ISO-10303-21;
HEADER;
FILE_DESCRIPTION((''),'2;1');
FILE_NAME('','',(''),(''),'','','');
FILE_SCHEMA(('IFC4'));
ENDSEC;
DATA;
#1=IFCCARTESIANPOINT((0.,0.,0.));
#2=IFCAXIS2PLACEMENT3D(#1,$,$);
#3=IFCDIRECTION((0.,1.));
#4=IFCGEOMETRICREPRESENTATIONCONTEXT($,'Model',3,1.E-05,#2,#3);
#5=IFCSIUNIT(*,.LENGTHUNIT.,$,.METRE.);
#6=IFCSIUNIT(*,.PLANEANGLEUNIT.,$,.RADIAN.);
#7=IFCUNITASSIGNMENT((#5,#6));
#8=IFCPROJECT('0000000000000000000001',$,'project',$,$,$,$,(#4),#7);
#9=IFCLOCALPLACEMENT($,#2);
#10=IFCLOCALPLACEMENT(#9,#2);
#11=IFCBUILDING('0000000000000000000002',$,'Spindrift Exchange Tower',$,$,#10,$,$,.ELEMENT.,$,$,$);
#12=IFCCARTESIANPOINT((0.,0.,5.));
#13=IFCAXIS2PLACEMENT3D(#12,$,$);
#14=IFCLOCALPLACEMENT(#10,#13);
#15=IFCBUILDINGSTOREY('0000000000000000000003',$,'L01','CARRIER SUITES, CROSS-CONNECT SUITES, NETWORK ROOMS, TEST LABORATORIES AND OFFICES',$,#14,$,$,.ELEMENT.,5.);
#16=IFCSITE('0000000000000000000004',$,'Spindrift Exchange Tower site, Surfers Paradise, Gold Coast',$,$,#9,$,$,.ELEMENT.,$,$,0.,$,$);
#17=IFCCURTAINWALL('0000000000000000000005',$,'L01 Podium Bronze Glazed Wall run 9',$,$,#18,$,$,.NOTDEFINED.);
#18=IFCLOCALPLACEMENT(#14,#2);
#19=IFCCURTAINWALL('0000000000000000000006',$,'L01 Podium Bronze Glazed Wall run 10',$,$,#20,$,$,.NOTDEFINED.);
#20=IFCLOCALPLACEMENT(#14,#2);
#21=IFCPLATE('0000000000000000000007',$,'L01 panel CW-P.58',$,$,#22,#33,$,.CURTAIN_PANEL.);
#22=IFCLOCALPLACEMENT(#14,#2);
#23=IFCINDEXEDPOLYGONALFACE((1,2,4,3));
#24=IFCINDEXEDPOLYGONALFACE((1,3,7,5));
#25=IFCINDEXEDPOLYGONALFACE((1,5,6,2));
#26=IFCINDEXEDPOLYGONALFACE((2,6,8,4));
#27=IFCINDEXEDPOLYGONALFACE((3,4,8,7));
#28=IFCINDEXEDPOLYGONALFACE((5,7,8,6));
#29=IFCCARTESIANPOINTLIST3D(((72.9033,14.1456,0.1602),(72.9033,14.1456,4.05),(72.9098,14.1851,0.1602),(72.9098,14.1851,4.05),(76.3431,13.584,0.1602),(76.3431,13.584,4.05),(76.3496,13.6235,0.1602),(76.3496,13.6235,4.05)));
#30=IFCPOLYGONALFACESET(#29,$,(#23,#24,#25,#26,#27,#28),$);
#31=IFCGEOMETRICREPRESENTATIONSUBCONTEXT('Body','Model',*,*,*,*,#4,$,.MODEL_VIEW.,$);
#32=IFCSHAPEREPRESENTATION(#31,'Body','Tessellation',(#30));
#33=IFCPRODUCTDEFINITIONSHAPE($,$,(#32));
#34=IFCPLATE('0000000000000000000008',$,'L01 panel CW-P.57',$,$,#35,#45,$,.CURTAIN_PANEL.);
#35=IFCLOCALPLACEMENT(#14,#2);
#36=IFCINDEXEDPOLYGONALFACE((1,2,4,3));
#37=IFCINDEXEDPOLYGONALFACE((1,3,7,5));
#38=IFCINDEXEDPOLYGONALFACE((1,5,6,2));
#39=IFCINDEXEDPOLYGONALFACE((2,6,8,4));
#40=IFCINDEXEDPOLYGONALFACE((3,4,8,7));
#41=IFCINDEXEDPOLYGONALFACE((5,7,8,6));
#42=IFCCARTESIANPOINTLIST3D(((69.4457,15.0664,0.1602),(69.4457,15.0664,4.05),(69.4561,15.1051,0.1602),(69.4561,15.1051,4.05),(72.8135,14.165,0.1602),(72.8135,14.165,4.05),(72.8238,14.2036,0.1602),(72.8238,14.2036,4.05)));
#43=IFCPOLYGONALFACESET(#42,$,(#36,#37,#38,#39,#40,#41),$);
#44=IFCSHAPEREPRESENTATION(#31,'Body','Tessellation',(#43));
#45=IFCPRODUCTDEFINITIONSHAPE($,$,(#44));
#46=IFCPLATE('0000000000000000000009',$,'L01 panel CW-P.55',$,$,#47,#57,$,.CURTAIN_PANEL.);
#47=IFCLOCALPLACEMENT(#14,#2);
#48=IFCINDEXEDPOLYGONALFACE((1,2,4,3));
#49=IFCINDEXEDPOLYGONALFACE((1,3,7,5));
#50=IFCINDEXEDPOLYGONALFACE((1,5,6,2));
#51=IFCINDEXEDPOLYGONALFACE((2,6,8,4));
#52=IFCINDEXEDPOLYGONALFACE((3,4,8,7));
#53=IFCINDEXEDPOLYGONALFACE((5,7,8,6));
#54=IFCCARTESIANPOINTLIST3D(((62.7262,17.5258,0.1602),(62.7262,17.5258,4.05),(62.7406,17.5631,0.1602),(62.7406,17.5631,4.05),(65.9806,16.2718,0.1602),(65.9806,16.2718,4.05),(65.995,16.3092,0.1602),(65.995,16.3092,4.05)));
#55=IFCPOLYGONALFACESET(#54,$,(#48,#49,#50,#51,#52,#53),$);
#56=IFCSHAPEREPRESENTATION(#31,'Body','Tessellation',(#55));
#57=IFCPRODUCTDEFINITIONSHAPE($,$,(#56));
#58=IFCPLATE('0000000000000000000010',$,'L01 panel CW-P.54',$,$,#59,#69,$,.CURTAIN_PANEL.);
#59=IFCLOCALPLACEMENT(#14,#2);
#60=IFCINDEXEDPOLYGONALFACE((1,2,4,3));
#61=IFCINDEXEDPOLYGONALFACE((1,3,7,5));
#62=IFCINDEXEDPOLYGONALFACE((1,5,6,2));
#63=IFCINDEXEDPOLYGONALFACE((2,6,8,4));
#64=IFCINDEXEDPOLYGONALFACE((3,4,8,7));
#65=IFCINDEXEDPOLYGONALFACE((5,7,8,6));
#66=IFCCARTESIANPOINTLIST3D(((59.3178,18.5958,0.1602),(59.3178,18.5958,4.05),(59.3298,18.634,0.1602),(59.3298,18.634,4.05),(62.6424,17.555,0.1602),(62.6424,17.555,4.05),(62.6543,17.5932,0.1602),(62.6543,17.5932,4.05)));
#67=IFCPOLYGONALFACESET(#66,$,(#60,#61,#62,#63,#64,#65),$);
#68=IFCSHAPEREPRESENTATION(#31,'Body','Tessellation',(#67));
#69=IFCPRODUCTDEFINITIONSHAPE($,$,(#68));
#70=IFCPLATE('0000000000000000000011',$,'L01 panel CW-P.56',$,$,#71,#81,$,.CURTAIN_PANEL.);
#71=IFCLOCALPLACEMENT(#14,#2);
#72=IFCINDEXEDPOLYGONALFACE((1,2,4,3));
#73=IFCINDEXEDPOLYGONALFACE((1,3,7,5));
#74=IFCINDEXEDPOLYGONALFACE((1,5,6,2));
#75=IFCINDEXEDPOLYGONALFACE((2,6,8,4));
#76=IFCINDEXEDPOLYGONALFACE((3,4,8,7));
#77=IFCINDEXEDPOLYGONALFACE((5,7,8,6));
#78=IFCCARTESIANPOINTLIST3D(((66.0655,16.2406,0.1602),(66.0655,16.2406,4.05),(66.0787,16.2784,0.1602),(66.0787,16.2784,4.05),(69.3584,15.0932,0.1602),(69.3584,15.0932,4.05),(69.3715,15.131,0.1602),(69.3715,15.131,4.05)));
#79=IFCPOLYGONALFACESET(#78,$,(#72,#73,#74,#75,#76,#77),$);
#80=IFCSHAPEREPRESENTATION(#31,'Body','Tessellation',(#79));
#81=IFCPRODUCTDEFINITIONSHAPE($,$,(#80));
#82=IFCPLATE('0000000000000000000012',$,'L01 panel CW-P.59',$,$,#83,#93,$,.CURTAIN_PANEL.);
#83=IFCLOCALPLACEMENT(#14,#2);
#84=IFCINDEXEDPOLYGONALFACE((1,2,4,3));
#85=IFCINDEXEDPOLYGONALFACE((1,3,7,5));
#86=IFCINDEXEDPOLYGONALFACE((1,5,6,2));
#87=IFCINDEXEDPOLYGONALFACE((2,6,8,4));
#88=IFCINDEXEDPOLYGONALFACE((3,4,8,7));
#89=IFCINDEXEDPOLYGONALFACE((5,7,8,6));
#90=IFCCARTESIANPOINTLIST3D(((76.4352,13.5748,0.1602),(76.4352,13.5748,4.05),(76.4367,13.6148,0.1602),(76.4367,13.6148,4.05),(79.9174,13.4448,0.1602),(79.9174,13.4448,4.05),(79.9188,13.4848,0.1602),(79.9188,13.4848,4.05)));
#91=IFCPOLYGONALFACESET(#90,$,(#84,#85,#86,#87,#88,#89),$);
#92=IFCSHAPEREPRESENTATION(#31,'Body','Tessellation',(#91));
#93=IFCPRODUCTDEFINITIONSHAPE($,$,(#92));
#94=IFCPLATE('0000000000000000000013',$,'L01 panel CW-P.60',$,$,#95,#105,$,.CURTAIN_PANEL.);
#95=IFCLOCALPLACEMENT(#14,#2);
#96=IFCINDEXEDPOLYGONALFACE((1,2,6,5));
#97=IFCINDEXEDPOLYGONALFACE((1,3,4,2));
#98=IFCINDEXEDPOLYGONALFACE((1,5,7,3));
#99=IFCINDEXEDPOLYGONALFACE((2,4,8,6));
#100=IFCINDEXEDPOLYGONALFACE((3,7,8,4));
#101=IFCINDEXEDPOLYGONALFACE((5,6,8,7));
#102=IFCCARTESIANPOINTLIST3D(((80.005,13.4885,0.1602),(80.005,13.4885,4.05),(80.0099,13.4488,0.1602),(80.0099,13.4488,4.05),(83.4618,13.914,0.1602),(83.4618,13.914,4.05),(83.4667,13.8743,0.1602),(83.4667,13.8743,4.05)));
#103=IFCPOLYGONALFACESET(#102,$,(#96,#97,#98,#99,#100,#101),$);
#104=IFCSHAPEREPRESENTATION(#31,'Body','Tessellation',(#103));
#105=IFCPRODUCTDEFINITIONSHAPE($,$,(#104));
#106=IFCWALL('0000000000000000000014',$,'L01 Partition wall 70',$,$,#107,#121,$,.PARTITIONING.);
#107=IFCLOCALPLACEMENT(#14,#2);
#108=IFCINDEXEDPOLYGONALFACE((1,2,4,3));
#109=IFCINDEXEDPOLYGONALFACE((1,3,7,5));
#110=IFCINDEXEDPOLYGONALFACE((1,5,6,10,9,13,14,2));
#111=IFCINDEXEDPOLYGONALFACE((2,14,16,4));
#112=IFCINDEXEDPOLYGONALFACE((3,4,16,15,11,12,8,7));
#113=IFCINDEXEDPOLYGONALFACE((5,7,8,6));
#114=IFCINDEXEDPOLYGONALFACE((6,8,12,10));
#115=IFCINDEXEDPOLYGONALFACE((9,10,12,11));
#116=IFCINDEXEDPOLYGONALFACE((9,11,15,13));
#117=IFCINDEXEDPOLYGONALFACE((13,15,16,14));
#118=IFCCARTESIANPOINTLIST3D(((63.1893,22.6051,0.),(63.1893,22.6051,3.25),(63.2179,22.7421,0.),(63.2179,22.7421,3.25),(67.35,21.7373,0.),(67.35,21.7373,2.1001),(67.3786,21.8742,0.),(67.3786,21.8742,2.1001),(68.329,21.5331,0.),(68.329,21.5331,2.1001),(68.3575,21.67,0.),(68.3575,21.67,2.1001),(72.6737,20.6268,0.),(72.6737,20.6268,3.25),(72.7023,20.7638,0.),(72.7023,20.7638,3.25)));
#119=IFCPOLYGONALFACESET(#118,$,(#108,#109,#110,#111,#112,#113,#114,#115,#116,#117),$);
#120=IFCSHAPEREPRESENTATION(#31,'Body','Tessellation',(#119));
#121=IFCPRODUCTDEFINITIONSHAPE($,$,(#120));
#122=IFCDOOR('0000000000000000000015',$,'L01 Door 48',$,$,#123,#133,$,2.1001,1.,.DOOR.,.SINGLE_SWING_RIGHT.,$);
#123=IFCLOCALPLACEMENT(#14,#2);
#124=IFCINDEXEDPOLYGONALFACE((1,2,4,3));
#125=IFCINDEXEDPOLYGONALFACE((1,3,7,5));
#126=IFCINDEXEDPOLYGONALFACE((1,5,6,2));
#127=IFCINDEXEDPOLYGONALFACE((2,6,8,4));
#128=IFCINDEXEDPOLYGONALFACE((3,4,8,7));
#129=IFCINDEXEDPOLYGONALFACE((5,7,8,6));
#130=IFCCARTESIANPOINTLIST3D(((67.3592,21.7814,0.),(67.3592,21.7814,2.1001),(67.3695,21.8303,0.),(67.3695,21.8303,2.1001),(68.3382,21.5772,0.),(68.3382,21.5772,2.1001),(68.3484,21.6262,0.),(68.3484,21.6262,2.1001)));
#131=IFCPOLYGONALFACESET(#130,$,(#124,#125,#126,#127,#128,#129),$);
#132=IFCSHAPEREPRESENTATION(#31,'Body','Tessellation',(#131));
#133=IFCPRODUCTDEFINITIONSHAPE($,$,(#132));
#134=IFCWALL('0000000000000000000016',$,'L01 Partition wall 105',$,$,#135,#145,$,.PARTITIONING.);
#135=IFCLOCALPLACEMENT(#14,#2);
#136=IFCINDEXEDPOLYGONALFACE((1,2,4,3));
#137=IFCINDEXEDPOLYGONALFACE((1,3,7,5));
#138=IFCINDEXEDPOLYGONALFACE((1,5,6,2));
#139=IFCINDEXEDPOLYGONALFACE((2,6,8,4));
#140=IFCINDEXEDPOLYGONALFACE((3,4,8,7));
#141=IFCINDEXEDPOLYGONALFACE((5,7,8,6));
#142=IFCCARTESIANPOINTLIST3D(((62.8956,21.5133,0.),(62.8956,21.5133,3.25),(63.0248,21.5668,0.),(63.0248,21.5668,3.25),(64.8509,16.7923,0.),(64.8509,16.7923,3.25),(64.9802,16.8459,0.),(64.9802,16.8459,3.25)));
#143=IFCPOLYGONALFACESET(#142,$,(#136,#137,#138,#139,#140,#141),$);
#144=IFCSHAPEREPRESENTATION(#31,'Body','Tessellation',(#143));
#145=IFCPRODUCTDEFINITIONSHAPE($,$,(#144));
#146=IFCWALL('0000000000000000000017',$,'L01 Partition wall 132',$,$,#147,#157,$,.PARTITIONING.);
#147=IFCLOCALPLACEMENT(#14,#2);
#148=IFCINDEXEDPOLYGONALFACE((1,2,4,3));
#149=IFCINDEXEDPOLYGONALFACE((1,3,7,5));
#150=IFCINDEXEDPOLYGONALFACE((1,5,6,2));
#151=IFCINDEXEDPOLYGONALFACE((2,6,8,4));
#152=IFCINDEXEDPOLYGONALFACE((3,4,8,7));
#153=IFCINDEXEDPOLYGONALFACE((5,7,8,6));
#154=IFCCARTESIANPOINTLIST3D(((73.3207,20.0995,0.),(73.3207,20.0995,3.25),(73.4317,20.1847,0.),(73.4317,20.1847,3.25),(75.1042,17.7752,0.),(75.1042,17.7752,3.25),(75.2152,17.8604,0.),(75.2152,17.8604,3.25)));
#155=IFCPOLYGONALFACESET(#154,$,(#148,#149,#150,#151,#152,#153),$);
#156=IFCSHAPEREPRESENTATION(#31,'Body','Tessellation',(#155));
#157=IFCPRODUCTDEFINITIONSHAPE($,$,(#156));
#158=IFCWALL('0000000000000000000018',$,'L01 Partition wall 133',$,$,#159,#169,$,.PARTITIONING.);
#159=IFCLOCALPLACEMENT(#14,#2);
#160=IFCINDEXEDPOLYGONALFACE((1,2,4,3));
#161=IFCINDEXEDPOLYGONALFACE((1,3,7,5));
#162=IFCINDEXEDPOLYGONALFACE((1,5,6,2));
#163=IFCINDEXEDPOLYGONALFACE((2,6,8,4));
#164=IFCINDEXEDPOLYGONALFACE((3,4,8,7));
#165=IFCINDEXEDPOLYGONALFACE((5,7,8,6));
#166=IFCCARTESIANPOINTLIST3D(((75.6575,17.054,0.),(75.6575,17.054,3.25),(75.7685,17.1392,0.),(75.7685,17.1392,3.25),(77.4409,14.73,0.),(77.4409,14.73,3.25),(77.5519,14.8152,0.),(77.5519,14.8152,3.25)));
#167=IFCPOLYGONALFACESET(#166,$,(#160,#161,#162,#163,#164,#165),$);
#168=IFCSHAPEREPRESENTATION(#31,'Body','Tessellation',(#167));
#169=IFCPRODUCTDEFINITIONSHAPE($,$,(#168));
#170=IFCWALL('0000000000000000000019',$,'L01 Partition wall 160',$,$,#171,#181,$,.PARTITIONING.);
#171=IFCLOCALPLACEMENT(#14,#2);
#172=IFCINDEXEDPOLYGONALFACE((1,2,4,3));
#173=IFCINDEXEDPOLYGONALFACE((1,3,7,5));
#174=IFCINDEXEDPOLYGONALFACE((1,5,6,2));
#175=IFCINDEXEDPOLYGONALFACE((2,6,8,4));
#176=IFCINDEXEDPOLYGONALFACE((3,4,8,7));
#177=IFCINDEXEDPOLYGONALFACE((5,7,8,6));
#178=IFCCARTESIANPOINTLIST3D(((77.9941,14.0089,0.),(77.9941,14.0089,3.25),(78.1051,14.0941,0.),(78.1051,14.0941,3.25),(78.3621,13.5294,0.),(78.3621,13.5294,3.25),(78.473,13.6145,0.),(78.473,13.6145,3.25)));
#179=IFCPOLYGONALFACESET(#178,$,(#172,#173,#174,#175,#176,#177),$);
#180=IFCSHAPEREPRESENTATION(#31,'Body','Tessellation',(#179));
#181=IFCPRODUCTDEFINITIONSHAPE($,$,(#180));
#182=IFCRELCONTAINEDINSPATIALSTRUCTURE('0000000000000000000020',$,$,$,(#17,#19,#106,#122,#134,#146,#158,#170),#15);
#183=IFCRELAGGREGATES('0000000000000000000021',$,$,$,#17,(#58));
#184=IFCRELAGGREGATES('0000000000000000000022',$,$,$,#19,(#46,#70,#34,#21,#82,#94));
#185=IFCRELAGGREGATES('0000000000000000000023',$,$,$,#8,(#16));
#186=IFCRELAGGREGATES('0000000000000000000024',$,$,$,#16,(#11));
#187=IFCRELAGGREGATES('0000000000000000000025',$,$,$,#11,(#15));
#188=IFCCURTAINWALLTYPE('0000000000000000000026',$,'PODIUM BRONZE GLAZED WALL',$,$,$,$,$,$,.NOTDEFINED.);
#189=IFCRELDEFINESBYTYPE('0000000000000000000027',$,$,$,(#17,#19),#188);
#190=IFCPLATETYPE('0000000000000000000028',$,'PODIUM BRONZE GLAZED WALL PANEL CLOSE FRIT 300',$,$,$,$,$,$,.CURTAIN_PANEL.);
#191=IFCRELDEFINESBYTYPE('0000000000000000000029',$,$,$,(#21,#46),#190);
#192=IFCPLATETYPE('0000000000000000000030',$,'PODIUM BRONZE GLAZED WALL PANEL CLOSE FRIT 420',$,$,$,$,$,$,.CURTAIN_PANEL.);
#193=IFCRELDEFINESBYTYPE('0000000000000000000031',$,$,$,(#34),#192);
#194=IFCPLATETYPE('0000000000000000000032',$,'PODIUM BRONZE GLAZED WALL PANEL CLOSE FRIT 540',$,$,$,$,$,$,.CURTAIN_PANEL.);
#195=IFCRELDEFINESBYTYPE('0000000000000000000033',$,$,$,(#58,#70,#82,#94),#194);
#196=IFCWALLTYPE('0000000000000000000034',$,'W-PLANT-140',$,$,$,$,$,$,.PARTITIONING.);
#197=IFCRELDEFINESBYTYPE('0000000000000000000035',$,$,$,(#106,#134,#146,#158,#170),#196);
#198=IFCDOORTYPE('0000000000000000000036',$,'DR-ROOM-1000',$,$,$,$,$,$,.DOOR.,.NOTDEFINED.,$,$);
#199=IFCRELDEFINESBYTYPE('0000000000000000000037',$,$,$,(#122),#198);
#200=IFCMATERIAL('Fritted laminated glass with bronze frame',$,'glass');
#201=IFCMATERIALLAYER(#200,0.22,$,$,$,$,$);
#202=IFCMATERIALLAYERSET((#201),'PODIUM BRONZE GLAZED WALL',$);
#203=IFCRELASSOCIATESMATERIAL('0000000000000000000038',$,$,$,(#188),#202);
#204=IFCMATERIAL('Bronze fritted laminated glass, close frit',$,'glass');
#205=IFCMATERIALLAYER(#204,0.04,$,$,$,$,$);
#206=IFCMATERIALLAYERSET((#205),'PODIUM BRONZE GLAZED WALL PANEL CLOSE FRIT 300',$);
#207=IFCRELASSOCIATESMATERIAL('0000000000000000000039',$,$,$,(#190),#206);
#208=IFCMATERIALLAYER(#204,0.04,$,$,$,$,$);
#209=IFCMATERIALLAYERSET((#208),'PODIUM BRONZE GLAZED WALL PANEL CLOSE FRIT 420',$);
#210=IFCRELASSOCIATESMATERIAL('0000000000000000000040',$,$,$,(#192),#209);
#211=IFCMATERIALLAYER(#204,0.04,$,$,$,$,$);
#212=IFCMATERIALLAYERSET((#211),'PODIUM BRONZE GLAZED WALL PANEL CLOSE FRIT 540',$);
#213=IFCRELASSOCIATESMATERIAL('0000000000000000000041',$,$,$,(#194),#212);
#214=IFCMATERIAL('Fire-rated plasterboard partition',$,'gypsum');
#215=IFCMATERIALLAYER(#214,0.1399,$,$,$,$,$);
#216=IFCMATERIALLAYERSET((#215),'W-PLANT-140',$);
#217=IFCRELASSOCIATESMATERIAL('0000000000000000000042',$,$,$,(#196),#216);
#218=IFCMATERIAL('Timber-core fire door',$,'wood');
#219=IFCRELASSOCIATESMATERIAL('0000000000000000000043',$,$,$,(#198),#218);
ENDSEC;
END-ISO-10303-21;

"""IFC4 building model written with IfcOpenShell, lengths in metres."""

from ifc_helpers import new_model, si_unit, direction, frame, frame_2d, origin, origin_2d, place, context, subcontext, project, spatial, rectangle, extrude, source, transform, mapped, material, layer, layer_set, type_object, element, fill, aggregate, save


model = new_model("IFC4")

# Units and contexts
model_context = context("Model", 3, precision=1e-05, world=origin(), true_north=direction((0.0, 1.0)))
body_context = subcontext(model_context, "Body", "Model", "MODEL_VIEW")
ifc_project = project(units=[si_unit("LENGTHUNIT", "METRE"), si_unit("PLANEANGLEUNIT", "RADIAN")], contexts=[model_context])

# Site, building, storey
site_placement = place(None, origin())
site = spatial("IfcSite", under=ifc_project, at=site_placement, Name="Spindrift Exchange Tower site, Surfers Paradise, Gold Coast", CompositionType="ELEMENT", RefElevation=0.0)
building_placement = place(site_placement, origin())
building = spatial("IfcBuilding", under=site, at=building_placement, Name="Spindrift Exchange Tower", CompositionType="ELEMENT")
storey_placement = place(building_placement, frame((0.0, 0.0, 5.0)))
storey = spatial("IfcBuildingStorey", under=building, at=storey_placement, Name="L01", Description="CARRIER SUITES, CROSS-CONNECT SUITES, NETWORK ROOMS, TEST LABORATORIES AND OFFICES", CompositionType="ELEMENT", Elevation=5.0)

# Curtain wall
ifc_material_1 = material(Name="Fritted laminated glass with bronze frame", Category="glass")
ifc_layer_1 = layer(ifc_material_1, 0.22)
ifc_layer_set_1 = layer_set([ifc_layer_1], Name="PODIUM BRONZE GLAZED WALL")
curtain_wall_type = type_object("IfcCurtainWallType", Name="PODIUM BRONZE GLAZED WALL", PredefinedType="NOTDEFINED", material=ifc_layer_set_1)
curtain_wall_1_placement = place(storey_placement, origin())
curtain_wall_1 = element("IfcCurtainWall", 1, at=curtain_wall_1_placement, inside=storey, type_object=curtain_wall_type, Name="L01 Podium Bronze Glazed Wall run 9", PredefinedType="NOTDEFINED")

# Curtain wall
curtain_wall_2_placement = place(storey_placement, origin())
curtain_wall_2 = element("IfcCurtainWall", 2, at=curtain_wall_2_placement, inside=storey, type_object=curtain_wall_type, Name="L01 Podium Bronze Glazed Wall run 10", PredefinedType="NOTDEFINED")

# Plates
ifc_material_2 = material(Name="Bronze fritted laminated glass, close frit", Category="glass")
ifc_layer_2 = layer(ifc_material_2, 0.04)
ifc_layer_set_2 = layer_set([ifc_layer_2], Name="PODIUM BRONZE GLAZED WALL PANEL CLOSE FRIT 300")
plate_type_1 = type_object("IfcPlateType", Name="PODIUM BRONZE GLAZED WALL PANEL CLOSE FRIT 300", PredefinedType="CURTAIN_PANEL", material=ifc_layer_set_2)
shared_shape_1 = source(origin(), body_context, "Body", "SweptSolid", [
    extrude(rectangle(XDim=3.4854, YDim=0.04, at=origin_2d()), origin(), (0.0, 0.0, 1.0), 3.8899),
])
plate_1_placement = place(storey_placement, frame((74.6265, 13.8845, 0.1602), z_axis=(0.0, 0.0, 1.0), x_axis=(0.986933, -0.161128, 0.0)))
plate_1 = element("IfcPlate", 3, at=plate_1_placement, type_object=plate_type_1, Name="L01 panel CW-P.58", PredefinedType="CURTAIN_PANEL", context=body_context, shape_type="MappedRepresentation", body=[
    mapped(shared_shape_1, transform((0.0, 0.0, 0.0), scale=1.0)),
])
ifc_layer_3 = layer(ifc_material_2, 0.04)
ifc_layer_set_3 = layer_set([ifc_layer_3], Name="PODIUM BRONZE GLAZED WALL PANEL CLOSE FRIT 420")
plate_type_2 = type_object("IfcPlateType", Name="PODIUM BRONZE GLAZED WALL PANEL CLOSE FRIT 420", PredefinedType="CURTAIN_PANEL", material=ifc_layer_set_3)
shared_shape_2 = source(origin(), body_context, "Body", "SweptSolid", [
    extrude(rectangle(XDim=3.4863, YDim=0.04, at=origin_2d()), origin(), (0.0, 0.0, 1.0), 3.8899),
])
plate_2_placement = place(storey_placement, frame((71.1348, 14.635, 0.1602), z_axis=(0.0, 0.0, 1.0), x_axis=(0.965994, -0.258563, 0.0)))
plate_2 = element("IfcPlate", 4, at=plate_2_placement, type_object=plate_type_2, Name="L01 panel CW-P.57", PredefinedType="CURTAIN_PANEL", context=body_context, shape_type="MappedRepresentation", body=[
    mapped(shared_shape_2, transform((0.0, 0.0, 0.0), scale=1.0)),
])
shared_shape_3 = source(origin(), body_context, "Body", "SweptSolid", [
    extrude(rectangle(XDim=3.4875, YDim=0.04, at=origin_2d()), origin(), (0.0, 0.0, 1.0), 3.8899),
])
plate_3_placement = place(storey_placement, frame((64.3606, 16.9175, 0.1602), z_axis=(0.0, 0.0, 1.0), x_axis=(0.933126, -0.359549, 0.0)))
plate_3 = element("IfcPlate", 5, at=plate_3_placement, type_object=plate_type_1, Name="L01 panel CW-P.55", PredefinedType="CURTAIN_PANEL", context=body_context, shape_type="MappedRepresentation", body=[
    mapped(shared_shape_3, transform((0.0, 0.0, 0.0), scale=1.0)),
])
ifc_layer_4 = layer(ifc_material_2, 0.04)
ifc_layer_set_4 = layer_set([ifc_layer_4], Name="PODIUM BRONZE GLAZED WALL PANEL CLOSE FRIT 540")
plate_type_3 = type_object("IfcPlateType", Name="PODIUM BRONZE GLAZED WALL PANEL CLOSE FRIT 540", PredefinedType="CURTAIN_PANEL", material=ifc_layer_set_4)
shared_shape_4 = source(origin(), body_context, "Body", "SweptSolid", [
    extrude(rectangle(XDim=3.4836, YDim=0.04, at=origin_2d()), origin(), (0.0, 0.0, 1.0), 3.8899),
])
plate_4_placement = place(storey_placement, frame((60.9861, 18.0945, 0.1602), z_axis=(0.0, 0.0, 1.0), x_axis=(0.954324, -0.298773, 0.0)))
plate_4 = element("IfcPlate", 6, at=plate_4_placement, type_object=plate_type_3, Name="L01 panel CW-P.54", PredefinedType="CURTAIN_PANEL", context=body_context, shape_type="MappedRepresentation", body=[
    mapped(shared_shape_4, transform((0.0, 0.0, 0.0), scale=1.0)),
])
aggregate(curtain_wall_1, [plate_4])
shared_shape_5 = source(origin(), body_context, "Body", "SweptSolid", [
    extrude(rectangle(XDim=3.4871, YDim=0.04, at=origin_2d()), origin(), (0.0, 0.0, 1.0), 3.8899),
])
plate_5_placement = place(storey_placement, frame((67.7185, 15.6858, 0.1602), z_axis=(0.0, 0.0, 1.0), x_axis=(0.944313, -0.329048, 0.0)))
plate_5 = element("IfcPlate", 7, at=plate_5_placement, type_object=plate_type_3, Name="L01 panel CW-P.56", PredefinedType="CURTAIN_PANEL", context=body_context, shape_type="MappedRepresentation", body=[
    mapped(shared_shape_5, transform((0.0, 0.0, 0.0), scale=1.0)),
])
shared_shape_6 = source(origin(), body_context, "Body", "SweptSolid", [
    extrude(rectangle(XDim=3.4846, YDim=0.04, at=origin_2d()), origin(), (0.0, 0.0, 1.0), 3.8899),
])
plate_6_placement = place(storey_placement, frame((78.177, 13.5298, 0.1602), z_axis=(0.0, 0.0, 1.0), x_axis=(0.999303, -0.037319, 0.0)))
plate_6 = element("IfcPlate", 8, at=plate_6_placement, type_object=plate_type_3, Name="L01 panel CW-P.59", PredefinedType="CURTAIN_PANEL", context=body_context, shape_type="MappedRepresentation", body=[
    mapped(shared_shape_6, transform((0.0, 0.0, 0.0), scale=1.0)),
])
shared_shape_7 = source(origin(), body_context, "Body", "SweptSolid", [
    extrude(rectangle(XDim=3.4829, YDim=0.04, at=origin_2d()), origin(), (0.0, 0.0, 1.0), 3.8899),
])
plate_7_placement = place(storey_placement, frame((81.7358, 13.6814, 0.1602), z_axis=(0.0, 0.0, 1.0), x_axis=(0.992509, 0.122174, 0.0)))
plate_7 = element("IfcPlate", 9, at=plate_7_placement, type_object=plate_type_3, Name="L01 panel CW-P.60", PredefinedType="CURTAIN_PANEL", context=body_context, shape_type="MappedRepresentation", body=[
    mapped(shared_shape_7, transform((0.0, 0.0, 0.0), scale=1.0)),
])
aggregate(curtain_wall_2, [plate_3, plate_5, plate_2, plate_1, plate_6, plate_7])

# Wall, opening, door
ifc_material_3 = material(Name="Fire-rated plasterboard partition", Category="gypsum")
ifc_layer_5 = layer(ifc_material_3, 0.1399)
ifc_layer_set_5 = layer_set([ifc_layer_5], Name="W-PLANT-140")
wall_type = type_object("IfcWallType", Name="W-PLANT-140", PredefinedType="PARTITIONING", material=ifc_layer_set_5)
wall_1_placement = place(storey_placement, frame((72.688, 20.6953, 0.0), z_axis=(0.0, 0.0, 1.0), x_axis=(-0.978932, 0.204188, 0.0)))
wall_1 = element("IfcWall", 10, at=wall_1_placement, inside=storey, type_object=wall_type, Name="L01 Partition wall 70", PredefinedType="PARTITIONING", context=body_context, shape_type="SweptSolid", body=[
    extrude(rectangle(XDim=9.6885, YDim=0.1399, at=frame_2d((4.8442, 0.0))), origin(), (0.0, 0.0, 1.0), 3.25),
])
opening_placement = place(wall_1_placement, frame((4.4382, 0.0, 0.0)))
opening = element("IfcOpeningElement", 11, at=opening_placement, cuts=wall_1, PredefinedType="OPENING", context=body_context, shape_type="SweptSolid", body=[
    extrude(rectangle(XDim=1.0, YDim=2.1001, at=frame_2d((0.5, 1.05))), frame((0.0, 0.0798, 0.0), z_axis=(0.0, -1.0, 0.0), x_axis=(1.0, 0.0, 0.0)), (0.0, 0.0, 1.0), 0.1599),
])
ifc_material_4 = material(Name="Timber-core fire door", Category="wood")
door_type = type_object("IfcDoorType", Name="DR-ROOM-1000", OperationType="NOTDEFINED", PredefinedType="DOOR", material=ifc_material_4)
shared_shape_8 = source(origin(), body_context, "Body", "SweptSolid", [
    extrude(rectangle(XDim=1.0, YDim=2.1001, at=frame_2d((0.5, 1.05))), frame((0.0, 0.0249, 0.0), z_axis=(0.0, -1.0, 0.0), x_axis=(1.0, 0.0, 0.0)), (0.0, 0.0, 1.0), 0.05),
])
door_placement = place(opening_placement, origin())
door = element("IfcDoor", 12, at=door_placement, inside=storey, type_object=door_type, Name="L01 Door 48", OperationType="SINGLE_SWING_RIGHT", OverallHeight=2.1001, OverallWidth=1.0, PredefinedType="DOOR", context=body_context, shape_type="MappedRepresentation", body=[
    mapped(shared_shape_8, transform((0.0, 0.0, 0.0), scale=1.0)),
])
fill(opening, door)

# Walls
wall_2_placement = place(storey_placement, frame((62.9602, 21.54, 0.0), z_axis=(0.0, 0.0, 1.0), x_axis=(0.382657, -0.92389, 0.0)))
element("IfcWall", 13, at=wall_2_placement, inside=storey, type_object=wall_type, Name="L01 Partition wall 105", PredefinedType="PARTITIONING", context=body_context, shape_type="SweptSolid", body=[
    extrude(rectangle(XDim=5.1099, YDim=0.1399, at=frame_2d((2.5549, 0.0))), origin(), (0.0, 0.0, 1.0), 3.25),
])
wall_3_placement = place(storey_placement, frame((73.3762, 20.1421, 0.0), z_axis=(0.0, 0.0, 1.0), x_axis=(0.608764, -0.793351, 0.0)))
element("IfcWall", 14, at=wall_3_placement, inside=storey, type_object=wall_type, Name="L01 Partition wall 132", PredefinedType="PARTITIONING", context=body_context, shape_type="SweptSolid", body=[
    extrude(rectangle(XDim=2.9297, YDim=0.1399, at=frame_2d((1.4648, 0.0))), origin(), (0.0, 0.0, 1.0), 3.25),
])
wall_4_placement = place(storey_placement, frame((75.7129, 17.0967, 0.0), z_axis=(0.0, 0.0, 1.0), x_axis=(0.608804, -0.793321, 0.0)))
element("IfcWall", 15, at=wall_4_placement, inside=storey, type_object=wall_type, Name="L01 Partition wall 133", PredefinedType="PARTITIONING", context=body_context, shape_type="SweptSolid", body=[
    extrude(rectangle(XDim=2.9294, YDim=0.1399, at=frame_2d((1.4648, 0.0))), origin(), (0.0, 0.0, 1.0), 3.25),
])
wall_5_placement = place(storey_placement, frame((78.0496, 14.0515, 0.0), z_axis=(0.0, 0.0, 1.0), x_axis=(0.608754, -0.793359, 0.0)))
element("IfcWall", 16, at=wall_5_placement, inside=storey, type_object=wall_type, Name="L01 Partition wall 160", PredefinedType="PARTITIONING", context=body_context, shape_type="SweptSolid", body=[
    extrude(rectangle(XDim=0.6045, YDim=0.1399, at=frame_2d((0.3022, 0.0))), origin(), (0.0, 0.0, 1.0), 3.25),
])

save(model, "model.ifc")
